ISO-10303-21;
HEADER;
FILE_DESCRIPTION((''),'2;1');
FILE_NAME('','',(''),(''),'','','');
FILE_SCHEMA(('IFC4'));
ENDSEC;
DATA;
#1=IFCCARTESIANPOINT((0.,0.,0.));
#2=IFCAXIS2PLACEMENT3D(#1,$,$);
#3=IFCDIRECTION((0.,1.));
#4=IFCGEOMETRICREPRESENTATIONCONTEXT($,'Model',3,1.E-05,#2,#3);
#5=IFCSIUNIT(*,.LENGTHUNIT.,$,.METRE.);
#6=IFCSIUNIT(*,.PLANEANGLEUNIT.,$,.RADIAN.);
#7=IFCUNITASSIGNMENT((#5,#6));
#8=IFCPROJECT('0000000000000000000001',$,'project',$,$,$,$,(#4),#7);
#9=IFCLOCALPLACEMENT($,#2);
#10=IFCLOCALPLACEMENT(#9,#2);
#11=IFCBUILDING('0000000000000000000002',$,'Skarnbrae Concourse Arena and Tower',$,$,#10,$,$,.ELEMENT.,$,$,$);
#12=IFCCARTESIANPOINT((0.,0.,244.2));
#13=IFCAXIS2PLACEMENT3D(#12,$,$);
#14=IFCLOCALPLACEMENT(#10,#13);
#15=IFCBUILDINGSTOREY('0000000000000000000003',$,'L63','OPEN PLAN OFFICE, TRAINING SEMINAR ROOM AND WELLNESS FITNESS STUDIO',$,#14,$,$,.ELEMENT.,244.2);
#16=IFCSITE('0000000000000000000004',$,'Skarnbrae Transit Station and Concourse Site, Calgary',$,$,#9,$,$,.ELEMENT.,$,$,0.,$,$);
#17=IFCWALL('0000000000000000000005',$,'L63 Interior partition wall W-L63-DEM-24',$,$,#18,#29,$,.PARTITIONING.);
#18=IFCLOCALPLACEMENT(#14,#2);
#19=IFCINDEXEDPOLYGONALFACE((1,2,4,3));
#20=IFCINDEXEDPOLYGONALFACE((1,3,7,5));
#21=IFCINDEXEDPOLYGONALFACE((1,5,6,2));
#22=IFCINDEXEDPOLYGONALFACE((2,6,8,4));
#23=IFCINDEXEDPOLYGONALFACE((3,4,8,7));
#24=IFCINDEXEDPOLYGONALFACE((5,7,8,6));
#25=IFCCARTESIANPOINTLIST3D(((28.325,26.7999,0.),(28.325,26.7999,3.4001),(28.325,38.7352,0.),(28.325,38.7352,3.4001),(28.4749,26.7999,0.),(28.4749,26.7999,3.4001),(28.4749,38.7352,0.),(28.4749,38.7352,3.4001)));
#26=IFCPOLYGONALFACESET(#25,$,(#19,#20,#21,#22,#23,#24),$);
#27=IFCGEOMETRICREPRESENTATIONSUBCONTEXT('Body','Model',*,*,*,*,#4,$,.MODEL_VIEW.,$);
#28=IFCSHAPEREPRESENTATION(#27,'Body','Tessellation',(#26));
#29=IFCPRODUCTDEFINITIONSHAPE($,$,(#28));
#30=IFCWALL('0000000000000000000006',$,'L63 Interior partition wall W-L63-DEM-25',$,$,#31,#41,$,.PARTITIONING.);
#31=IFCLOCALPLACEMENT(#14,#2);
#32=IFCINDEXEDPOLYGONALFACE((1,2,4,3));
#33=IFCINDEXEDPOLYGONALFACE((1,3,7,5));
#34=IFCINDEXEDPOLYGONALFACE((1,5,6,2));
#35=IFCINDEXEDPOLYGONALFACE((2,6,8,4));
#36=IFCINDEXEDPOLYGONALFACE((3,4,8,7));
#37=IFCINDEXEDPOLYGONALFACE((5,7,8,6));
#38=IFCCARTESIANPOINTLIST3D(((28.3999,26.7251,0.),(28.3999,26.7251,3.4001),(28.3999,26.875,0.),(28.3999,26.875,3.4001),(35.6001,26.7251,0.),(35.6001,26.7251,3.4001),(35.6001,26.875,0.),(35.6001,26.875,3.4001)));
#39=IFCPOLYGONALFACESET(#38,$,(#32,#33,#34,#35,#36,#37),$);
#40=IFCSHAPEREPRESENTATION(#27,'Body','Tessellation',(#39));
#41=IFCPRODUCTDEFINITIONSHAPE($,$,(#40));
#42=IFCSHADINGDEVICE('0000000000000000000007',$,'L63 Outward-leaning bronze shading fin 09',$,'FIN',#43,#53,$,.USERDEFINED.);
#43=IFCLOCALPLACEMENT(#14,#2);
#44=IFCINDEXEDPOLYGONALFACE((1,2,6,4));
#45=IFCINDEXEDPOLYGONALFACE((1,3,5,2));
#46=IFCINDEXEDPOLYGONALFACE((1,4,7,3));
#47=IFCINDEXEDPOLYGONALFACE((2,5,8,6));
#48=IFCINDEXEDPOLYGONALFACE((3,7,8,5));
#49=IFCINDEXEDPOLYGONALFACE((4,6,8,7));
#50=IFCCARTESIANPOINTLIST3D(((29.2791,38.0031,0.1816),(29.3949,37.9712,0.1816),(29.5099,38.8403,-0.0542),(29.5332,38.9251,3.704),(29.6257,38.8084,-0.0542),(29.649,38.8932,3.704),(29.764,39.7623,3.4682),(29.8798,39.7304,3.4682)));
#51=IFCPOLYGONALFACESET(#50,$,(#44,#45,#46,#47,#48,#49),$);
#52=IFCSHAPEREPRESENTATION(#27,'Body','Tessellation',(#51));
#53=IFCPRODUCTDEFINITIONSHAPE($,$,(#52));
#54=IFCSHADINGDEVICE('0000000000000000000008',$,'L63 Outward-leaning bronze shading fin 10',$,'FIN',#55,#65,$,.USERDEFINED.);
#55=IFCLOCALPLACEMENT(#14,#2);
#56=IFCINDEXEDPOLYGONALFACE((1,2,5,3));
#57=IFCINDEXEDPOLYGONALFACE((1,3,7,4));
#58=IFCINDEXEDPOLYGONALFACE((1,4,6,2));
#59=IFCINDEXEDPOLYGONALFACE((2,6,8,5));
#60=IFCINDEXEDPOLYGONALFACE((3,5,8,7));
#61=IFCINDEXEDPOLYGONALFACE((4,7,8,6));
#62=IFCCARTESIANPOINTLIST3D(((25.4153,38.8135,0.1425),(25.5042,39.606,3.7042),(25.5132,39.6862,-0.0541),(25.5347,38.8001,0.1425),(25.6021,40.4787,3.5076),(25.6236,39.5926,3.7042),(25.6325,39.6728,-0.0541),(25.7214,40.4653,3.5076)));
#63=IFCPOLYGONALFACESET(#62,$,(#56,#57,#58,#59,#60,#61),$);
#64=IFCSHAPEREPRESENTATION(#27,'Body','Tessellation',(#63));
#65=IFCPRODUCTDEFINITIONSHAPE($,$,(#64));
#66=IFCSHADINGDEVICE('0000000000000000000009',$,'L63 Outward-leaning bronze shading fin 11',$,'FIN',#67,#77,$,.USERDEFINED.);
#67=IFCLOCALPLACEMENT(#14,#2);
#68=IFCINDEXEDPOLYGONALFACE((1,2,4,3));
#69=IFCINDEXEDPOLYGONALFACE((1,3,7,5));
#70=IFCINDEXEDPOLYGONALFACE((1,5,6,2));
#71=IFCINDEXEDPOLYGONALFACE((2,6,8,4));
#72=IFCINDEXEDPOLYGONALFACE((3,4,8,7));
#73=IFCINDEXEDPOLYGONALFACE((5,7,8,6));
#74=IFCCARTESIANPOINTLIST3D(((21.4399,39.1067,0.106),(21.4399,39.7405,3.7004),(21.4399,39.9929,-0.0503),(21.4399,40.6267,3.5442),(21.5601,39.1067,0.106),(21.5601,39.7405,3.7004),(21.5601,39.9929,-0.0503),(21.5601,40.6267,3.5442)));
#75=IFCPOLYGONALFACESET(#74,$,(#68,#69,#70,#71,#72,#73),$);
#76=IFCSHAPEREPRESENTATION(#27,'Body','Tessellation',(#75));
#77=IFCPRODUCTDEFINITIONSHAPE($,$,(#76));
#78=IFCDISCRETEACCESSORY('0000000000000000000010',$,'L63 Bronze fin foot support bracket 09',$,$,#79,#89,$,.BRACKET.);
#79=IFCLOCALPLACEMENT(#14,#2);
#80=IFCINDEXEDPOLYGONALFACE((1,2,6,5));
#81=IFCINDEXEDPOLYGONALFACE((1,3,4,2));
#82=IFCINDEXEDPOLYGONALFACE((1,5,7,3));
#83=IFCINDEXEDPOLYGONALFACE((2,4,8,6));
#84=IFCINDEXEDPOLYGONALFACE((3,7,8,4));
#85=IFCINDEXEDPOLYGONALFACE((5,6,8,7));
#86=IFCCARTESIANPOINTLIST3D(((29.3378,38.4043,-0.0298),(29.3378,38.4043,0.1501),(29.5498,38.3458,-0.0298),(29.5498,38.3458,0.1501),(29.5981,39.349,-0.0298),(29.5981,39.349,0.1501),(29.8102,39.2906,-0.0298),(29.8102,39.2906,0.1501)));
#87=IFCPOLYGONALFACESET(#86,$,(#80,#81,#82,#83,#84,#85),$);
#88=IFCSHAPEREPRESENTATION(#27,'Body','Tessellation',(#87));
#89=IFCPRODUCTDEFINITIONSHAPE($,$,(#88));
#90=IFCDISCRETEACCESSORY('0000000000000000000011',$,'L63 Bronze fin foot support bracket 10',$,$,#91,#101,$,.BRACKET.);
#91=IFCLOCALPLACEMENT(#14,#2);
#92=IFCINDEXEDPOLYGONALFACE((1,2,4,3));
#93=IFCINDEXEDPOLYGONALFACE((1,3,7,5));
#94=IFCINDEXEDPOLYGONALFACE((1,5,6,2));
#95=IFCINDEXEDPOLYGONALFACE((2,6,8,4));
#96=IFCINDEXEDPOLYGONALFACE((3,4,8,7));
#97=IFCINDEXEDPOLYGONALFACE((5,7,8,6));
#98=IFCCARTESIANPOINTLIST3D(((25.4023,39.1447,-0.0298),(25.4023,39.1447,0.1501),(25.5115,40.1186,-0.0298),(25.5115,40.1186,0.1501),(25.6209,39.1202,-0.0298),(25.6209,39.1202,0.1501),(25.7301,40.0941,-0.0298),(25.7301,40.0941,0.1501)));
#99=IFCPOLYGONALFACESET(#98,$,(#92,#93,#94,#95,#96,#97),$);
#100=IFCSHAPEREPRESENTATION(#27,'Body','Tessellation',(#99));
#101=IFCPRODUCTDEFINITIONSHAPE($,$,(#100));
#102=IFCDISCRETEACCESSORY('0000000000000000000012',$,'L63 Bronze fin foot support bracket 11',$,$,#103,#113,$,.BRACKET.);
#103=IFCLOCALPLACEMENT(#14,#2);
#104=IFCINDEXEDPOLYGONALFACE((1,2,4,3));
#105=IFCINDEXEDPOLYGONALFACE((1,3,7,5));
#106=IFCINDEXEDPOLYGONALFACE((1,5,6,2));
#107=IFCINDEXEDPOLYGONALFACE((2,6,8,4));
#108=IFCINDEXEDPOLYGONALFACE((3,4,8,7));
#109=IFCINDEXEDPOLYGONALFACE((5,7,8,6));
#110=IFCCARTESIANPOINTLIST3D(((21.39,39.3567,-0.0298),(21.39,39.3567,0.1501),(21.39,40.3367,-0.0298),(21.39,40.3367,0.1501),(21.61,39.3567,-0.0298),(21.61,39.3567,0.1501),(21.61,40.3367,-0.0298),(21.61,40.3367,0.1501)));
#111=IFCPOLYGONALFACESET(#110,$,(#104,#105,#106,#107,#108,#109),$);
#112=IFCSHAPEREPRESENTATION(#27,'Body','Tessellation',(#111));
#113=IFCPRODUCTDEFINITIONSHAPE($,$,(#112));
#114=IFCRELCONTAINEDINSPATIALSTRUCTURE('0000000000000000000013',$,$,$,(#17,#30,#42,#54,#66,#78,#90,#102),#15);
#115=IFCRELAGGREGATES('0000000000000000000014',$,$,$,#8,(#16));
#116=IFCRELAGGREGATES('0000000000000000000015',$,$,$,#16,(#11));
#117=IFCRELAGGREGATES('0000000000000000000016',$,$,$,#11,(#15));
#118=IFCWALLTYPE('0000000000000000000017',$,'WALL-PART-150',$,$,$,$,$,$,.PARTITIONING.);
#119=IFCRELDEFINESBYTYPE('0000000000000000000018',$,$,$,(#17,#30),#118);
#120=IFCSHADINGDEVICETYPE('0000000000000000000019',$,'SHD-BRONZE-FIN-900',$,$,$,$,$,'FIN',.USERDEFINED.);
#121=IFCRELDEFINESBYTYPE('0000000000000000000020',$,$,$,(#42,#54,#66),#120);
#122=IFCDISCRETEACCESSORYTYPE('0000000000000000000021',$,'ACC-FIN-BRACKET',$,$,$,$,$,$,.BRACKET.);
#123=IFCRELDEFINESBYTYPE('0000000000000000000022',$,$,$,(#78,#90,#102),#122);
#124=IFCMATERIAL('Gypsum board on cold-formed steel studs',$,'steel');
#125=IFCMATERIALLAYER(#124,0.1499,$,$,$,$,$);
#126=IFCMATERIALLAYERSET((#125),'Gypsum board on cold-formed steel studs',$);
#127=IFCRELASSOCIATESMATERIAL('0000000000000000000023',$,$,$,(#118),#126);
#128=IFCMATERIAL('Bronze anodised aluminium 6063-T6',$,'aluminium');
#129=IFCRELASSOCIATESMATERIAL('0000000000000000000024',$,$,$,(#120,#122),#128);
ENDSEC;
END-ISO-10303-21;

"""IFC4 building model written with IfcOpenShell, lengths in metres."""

from ifc_helpers import new_model, si_unit, direction, frame, frame_2d, origin, origin_2d, place, context, subcontext, project, spatial, rectangle, extrude, source, transform, mapped, material, layer, layer_set, type_object, element, save


model = new_model("IFC4")

# Units and contexts
model_context = context("Model", 3, precision=1e-05, world=origin(), true_north=direction((0.0, 1.0)))
body_context = subcontext(model_context, "Body", "Model", "MODEL_VIEW")
ifc_project = project(units=[si_unit("LENGTHUNIT", "METRE"), si_unit("PLANEANGLEUNIT", "RADIAN")], contexts=[model_context])

# Site, building, storey
site_placement = place(None, origin())
site = spatial("IfcSite", under=ifc_project, at=site_placement, Name="Skarnbrae Transit Station and Concourse Site, Calgary", CompositionType="ELEMENT", RefElevation=0.0)
building_placement = place(site_placement, origin())
building = spatial("IfcBuilding", under=site, at=building_placement, Name="Skarnbrae Concourse Arena and Tower", CompositionType="ELEMENT")
storey_placement = place(building_placement, frame((0.0, 0.0, 244.2)))
storey = spatial("IfcBuildingStorey", under=building, at=storey_placement, Name="L63", Description="OPEN PLAN OFFICE, TRAINING SEMINAR ROOM AND WELLNESS FITNESS STUDIO", CompositionType="ELEMENT", Elevation=244.2)

# Shared definitions
ifc_material_1 = material(Name="Bronze anodised aluminium 6063-T6", Category="aluminium")

# Walls
ifc_material_2 = material(Name="Gypsum board on cold-formed steel studs", Category="steel")
ifc_layer_1 = layer(ifc_material_2, 0.1499)
ifc_layer_set_1 = layer_set([ifc_layer_1], Name="Gypsum board on cold-formed steel studs")
wall_type = type_object("IfcWallType", Name="WALL-PART-150", PredefinedType="PARTITIONING", material=ifc_layer_set_1)
shared_shape_1 = source(origin(), body_context, "Body", "SweptSolid", [
    extrude(rectangle(XDim=11.9353, YDim=0.1499, at=frame_2d((5.9678, 0.0))), origin(), (0.0, 0.0, 1.0), 3.4001),
])
wall_1_placement = place(storey_placement, frame((28.3999, 38.7354, 0.0), z_axis=(0.0, 0.0, 1.0), x_axis=(0.0, -1.0, 0.0)))
element("IfcWall", 1, at=wall_1_placement, inside=storey, type_object=wall_type, Name="L63 Interior partition wall W-L63-DEM-24", PredefinedType="PARTITIONING", context=body_context, shape_type="MappedRepresentation", body=[
    mapped(shared_shape_1, transform((0.0, 0.0, 0.0))),
])
shared_shape_2 = source(origin(), body_context, "Body", "SweptSolid", [
    extrude(rectangle(XDim=7.2002, YDim=0.1499, at=frame_2d((3.6001, 0.0))), origin(), (0.0, 0.0, 1.0), 3.4001),
])
wall_2_placement = place(storey_placement, frame((28.3999, 26.8, 0.0), z_axis=(0.0, 0.0, 1.0), x_axis=(1.0, 0.0, 0.0)))
element("IfcWall", 2, at=wall_2_placement, inside=storey, type_object=wall_type, Name="L63 Interior partition wall W-L63-DEM-25", PredefinedType="PARTITIONING", context=body_context, shape_type="MappedRepresentation", body=[
    mapped(shared_shape_2, transform((0.0, 0.0, 0.0))),
])

# Shading devices
shading_device_type = type_object("IfcShadingDeviceType", Name="SHD-BRONZE-FIN-900", ElementType="FIN", PredefinedType="USERDEFINED", material=ifc_material_1)
shared_shape_3 = source(origin(), body_context, "Body", "SweptSolid", [
    extrude(rectangle(XDim=0.1201, YDim=0.8999, at=origin_2d()), origin(), (0.0, 0.0, 1.0), 3.6499),
])
for number, where, z_axis, x_axis, name in (
    (3, (29.4524, 38.4058, 0.0637), (0.069616, 0.252603, 0.965062), (0.964058, -0.265691, 0.0), "L63 Outward-leaning bronze shading fin 09"),
    (4, (25.5239, 39.2432, 0.0442), (0.02435, 0.217123, 0.975841), (0.99377, -0.111452, 0.0), "L63 Outward-leaning bronze shading fin 10"),
    (5, (21.5, 39.5498, 0.0278), (0.0, 0.173648, 0.984808), (1.0, 0.0, 0.0), "L63 Outward-leaning bronze shading fin 11"),
):
    element("IfcShadingDevice", number, at=place(storey_placement, frame(where, z_axis=z_axis, x_axis=x_axis)), inside=storey, type_object=shading_device_type, Name=name, ObjectType="FIN", PredefinedType="USERDEFINED", context=body_context, shape_type="MappedRepresentation", body=[
        mapped(shared_shape_3, transform((0.0, 0.0, 0.0))),
    ])

# Discrete accessories
discrete_accessory_type = type_object("IfcDiscreteAccessoryType", Name="ACC-FIN-BRACKET", PredefinedType="BRACKET", material=ifc_material_1)
shared_shape_4 = source(origin(), body_context, "Body", "SweptSolid", [
    extrude(rectangle(XDim=0.22, YDim=0.98, at=origin_2d()), origin(), (0.0, 0.0, 1.0), 0.1799),
])
for number, where, z_axis, x_axis, name in (
    (6, (29.574, 38.8474, -0.0298), (0.0, 0.0, 1.0), (0.964058, -0.265691, 0.0), "L63 Bronze fin foot support bracket 09"),
    (7, (25.5662, 39.6194, -0.0298), (0.0, 0.0, 1.0), (0.99377, -0.111452, 0.0), "L63 Bronze fin foot support bracket 10"),
    (8, (21.5, 39.8467, -0.0298), (0.0, 0.0, 1.0), (1.0, 0.0, 0.0), "L63 Bronze fin foot support bracket 11"),
):
    element("IfcDiscreteAccessory", number, at=place(storey_placement, frame(where, z_axis=z_axis, x_axis=x_axis)), inside=storey, type_object=discrete_accessory_type, Name=name, PredefinedType="BRACKET", context=body_context, shape_type="MappedRepresentation", body=[
        mapped(shared_shape_4, transform((0.0, 0.0, 0.0))),
    ])

save(model, "model.ifc")
